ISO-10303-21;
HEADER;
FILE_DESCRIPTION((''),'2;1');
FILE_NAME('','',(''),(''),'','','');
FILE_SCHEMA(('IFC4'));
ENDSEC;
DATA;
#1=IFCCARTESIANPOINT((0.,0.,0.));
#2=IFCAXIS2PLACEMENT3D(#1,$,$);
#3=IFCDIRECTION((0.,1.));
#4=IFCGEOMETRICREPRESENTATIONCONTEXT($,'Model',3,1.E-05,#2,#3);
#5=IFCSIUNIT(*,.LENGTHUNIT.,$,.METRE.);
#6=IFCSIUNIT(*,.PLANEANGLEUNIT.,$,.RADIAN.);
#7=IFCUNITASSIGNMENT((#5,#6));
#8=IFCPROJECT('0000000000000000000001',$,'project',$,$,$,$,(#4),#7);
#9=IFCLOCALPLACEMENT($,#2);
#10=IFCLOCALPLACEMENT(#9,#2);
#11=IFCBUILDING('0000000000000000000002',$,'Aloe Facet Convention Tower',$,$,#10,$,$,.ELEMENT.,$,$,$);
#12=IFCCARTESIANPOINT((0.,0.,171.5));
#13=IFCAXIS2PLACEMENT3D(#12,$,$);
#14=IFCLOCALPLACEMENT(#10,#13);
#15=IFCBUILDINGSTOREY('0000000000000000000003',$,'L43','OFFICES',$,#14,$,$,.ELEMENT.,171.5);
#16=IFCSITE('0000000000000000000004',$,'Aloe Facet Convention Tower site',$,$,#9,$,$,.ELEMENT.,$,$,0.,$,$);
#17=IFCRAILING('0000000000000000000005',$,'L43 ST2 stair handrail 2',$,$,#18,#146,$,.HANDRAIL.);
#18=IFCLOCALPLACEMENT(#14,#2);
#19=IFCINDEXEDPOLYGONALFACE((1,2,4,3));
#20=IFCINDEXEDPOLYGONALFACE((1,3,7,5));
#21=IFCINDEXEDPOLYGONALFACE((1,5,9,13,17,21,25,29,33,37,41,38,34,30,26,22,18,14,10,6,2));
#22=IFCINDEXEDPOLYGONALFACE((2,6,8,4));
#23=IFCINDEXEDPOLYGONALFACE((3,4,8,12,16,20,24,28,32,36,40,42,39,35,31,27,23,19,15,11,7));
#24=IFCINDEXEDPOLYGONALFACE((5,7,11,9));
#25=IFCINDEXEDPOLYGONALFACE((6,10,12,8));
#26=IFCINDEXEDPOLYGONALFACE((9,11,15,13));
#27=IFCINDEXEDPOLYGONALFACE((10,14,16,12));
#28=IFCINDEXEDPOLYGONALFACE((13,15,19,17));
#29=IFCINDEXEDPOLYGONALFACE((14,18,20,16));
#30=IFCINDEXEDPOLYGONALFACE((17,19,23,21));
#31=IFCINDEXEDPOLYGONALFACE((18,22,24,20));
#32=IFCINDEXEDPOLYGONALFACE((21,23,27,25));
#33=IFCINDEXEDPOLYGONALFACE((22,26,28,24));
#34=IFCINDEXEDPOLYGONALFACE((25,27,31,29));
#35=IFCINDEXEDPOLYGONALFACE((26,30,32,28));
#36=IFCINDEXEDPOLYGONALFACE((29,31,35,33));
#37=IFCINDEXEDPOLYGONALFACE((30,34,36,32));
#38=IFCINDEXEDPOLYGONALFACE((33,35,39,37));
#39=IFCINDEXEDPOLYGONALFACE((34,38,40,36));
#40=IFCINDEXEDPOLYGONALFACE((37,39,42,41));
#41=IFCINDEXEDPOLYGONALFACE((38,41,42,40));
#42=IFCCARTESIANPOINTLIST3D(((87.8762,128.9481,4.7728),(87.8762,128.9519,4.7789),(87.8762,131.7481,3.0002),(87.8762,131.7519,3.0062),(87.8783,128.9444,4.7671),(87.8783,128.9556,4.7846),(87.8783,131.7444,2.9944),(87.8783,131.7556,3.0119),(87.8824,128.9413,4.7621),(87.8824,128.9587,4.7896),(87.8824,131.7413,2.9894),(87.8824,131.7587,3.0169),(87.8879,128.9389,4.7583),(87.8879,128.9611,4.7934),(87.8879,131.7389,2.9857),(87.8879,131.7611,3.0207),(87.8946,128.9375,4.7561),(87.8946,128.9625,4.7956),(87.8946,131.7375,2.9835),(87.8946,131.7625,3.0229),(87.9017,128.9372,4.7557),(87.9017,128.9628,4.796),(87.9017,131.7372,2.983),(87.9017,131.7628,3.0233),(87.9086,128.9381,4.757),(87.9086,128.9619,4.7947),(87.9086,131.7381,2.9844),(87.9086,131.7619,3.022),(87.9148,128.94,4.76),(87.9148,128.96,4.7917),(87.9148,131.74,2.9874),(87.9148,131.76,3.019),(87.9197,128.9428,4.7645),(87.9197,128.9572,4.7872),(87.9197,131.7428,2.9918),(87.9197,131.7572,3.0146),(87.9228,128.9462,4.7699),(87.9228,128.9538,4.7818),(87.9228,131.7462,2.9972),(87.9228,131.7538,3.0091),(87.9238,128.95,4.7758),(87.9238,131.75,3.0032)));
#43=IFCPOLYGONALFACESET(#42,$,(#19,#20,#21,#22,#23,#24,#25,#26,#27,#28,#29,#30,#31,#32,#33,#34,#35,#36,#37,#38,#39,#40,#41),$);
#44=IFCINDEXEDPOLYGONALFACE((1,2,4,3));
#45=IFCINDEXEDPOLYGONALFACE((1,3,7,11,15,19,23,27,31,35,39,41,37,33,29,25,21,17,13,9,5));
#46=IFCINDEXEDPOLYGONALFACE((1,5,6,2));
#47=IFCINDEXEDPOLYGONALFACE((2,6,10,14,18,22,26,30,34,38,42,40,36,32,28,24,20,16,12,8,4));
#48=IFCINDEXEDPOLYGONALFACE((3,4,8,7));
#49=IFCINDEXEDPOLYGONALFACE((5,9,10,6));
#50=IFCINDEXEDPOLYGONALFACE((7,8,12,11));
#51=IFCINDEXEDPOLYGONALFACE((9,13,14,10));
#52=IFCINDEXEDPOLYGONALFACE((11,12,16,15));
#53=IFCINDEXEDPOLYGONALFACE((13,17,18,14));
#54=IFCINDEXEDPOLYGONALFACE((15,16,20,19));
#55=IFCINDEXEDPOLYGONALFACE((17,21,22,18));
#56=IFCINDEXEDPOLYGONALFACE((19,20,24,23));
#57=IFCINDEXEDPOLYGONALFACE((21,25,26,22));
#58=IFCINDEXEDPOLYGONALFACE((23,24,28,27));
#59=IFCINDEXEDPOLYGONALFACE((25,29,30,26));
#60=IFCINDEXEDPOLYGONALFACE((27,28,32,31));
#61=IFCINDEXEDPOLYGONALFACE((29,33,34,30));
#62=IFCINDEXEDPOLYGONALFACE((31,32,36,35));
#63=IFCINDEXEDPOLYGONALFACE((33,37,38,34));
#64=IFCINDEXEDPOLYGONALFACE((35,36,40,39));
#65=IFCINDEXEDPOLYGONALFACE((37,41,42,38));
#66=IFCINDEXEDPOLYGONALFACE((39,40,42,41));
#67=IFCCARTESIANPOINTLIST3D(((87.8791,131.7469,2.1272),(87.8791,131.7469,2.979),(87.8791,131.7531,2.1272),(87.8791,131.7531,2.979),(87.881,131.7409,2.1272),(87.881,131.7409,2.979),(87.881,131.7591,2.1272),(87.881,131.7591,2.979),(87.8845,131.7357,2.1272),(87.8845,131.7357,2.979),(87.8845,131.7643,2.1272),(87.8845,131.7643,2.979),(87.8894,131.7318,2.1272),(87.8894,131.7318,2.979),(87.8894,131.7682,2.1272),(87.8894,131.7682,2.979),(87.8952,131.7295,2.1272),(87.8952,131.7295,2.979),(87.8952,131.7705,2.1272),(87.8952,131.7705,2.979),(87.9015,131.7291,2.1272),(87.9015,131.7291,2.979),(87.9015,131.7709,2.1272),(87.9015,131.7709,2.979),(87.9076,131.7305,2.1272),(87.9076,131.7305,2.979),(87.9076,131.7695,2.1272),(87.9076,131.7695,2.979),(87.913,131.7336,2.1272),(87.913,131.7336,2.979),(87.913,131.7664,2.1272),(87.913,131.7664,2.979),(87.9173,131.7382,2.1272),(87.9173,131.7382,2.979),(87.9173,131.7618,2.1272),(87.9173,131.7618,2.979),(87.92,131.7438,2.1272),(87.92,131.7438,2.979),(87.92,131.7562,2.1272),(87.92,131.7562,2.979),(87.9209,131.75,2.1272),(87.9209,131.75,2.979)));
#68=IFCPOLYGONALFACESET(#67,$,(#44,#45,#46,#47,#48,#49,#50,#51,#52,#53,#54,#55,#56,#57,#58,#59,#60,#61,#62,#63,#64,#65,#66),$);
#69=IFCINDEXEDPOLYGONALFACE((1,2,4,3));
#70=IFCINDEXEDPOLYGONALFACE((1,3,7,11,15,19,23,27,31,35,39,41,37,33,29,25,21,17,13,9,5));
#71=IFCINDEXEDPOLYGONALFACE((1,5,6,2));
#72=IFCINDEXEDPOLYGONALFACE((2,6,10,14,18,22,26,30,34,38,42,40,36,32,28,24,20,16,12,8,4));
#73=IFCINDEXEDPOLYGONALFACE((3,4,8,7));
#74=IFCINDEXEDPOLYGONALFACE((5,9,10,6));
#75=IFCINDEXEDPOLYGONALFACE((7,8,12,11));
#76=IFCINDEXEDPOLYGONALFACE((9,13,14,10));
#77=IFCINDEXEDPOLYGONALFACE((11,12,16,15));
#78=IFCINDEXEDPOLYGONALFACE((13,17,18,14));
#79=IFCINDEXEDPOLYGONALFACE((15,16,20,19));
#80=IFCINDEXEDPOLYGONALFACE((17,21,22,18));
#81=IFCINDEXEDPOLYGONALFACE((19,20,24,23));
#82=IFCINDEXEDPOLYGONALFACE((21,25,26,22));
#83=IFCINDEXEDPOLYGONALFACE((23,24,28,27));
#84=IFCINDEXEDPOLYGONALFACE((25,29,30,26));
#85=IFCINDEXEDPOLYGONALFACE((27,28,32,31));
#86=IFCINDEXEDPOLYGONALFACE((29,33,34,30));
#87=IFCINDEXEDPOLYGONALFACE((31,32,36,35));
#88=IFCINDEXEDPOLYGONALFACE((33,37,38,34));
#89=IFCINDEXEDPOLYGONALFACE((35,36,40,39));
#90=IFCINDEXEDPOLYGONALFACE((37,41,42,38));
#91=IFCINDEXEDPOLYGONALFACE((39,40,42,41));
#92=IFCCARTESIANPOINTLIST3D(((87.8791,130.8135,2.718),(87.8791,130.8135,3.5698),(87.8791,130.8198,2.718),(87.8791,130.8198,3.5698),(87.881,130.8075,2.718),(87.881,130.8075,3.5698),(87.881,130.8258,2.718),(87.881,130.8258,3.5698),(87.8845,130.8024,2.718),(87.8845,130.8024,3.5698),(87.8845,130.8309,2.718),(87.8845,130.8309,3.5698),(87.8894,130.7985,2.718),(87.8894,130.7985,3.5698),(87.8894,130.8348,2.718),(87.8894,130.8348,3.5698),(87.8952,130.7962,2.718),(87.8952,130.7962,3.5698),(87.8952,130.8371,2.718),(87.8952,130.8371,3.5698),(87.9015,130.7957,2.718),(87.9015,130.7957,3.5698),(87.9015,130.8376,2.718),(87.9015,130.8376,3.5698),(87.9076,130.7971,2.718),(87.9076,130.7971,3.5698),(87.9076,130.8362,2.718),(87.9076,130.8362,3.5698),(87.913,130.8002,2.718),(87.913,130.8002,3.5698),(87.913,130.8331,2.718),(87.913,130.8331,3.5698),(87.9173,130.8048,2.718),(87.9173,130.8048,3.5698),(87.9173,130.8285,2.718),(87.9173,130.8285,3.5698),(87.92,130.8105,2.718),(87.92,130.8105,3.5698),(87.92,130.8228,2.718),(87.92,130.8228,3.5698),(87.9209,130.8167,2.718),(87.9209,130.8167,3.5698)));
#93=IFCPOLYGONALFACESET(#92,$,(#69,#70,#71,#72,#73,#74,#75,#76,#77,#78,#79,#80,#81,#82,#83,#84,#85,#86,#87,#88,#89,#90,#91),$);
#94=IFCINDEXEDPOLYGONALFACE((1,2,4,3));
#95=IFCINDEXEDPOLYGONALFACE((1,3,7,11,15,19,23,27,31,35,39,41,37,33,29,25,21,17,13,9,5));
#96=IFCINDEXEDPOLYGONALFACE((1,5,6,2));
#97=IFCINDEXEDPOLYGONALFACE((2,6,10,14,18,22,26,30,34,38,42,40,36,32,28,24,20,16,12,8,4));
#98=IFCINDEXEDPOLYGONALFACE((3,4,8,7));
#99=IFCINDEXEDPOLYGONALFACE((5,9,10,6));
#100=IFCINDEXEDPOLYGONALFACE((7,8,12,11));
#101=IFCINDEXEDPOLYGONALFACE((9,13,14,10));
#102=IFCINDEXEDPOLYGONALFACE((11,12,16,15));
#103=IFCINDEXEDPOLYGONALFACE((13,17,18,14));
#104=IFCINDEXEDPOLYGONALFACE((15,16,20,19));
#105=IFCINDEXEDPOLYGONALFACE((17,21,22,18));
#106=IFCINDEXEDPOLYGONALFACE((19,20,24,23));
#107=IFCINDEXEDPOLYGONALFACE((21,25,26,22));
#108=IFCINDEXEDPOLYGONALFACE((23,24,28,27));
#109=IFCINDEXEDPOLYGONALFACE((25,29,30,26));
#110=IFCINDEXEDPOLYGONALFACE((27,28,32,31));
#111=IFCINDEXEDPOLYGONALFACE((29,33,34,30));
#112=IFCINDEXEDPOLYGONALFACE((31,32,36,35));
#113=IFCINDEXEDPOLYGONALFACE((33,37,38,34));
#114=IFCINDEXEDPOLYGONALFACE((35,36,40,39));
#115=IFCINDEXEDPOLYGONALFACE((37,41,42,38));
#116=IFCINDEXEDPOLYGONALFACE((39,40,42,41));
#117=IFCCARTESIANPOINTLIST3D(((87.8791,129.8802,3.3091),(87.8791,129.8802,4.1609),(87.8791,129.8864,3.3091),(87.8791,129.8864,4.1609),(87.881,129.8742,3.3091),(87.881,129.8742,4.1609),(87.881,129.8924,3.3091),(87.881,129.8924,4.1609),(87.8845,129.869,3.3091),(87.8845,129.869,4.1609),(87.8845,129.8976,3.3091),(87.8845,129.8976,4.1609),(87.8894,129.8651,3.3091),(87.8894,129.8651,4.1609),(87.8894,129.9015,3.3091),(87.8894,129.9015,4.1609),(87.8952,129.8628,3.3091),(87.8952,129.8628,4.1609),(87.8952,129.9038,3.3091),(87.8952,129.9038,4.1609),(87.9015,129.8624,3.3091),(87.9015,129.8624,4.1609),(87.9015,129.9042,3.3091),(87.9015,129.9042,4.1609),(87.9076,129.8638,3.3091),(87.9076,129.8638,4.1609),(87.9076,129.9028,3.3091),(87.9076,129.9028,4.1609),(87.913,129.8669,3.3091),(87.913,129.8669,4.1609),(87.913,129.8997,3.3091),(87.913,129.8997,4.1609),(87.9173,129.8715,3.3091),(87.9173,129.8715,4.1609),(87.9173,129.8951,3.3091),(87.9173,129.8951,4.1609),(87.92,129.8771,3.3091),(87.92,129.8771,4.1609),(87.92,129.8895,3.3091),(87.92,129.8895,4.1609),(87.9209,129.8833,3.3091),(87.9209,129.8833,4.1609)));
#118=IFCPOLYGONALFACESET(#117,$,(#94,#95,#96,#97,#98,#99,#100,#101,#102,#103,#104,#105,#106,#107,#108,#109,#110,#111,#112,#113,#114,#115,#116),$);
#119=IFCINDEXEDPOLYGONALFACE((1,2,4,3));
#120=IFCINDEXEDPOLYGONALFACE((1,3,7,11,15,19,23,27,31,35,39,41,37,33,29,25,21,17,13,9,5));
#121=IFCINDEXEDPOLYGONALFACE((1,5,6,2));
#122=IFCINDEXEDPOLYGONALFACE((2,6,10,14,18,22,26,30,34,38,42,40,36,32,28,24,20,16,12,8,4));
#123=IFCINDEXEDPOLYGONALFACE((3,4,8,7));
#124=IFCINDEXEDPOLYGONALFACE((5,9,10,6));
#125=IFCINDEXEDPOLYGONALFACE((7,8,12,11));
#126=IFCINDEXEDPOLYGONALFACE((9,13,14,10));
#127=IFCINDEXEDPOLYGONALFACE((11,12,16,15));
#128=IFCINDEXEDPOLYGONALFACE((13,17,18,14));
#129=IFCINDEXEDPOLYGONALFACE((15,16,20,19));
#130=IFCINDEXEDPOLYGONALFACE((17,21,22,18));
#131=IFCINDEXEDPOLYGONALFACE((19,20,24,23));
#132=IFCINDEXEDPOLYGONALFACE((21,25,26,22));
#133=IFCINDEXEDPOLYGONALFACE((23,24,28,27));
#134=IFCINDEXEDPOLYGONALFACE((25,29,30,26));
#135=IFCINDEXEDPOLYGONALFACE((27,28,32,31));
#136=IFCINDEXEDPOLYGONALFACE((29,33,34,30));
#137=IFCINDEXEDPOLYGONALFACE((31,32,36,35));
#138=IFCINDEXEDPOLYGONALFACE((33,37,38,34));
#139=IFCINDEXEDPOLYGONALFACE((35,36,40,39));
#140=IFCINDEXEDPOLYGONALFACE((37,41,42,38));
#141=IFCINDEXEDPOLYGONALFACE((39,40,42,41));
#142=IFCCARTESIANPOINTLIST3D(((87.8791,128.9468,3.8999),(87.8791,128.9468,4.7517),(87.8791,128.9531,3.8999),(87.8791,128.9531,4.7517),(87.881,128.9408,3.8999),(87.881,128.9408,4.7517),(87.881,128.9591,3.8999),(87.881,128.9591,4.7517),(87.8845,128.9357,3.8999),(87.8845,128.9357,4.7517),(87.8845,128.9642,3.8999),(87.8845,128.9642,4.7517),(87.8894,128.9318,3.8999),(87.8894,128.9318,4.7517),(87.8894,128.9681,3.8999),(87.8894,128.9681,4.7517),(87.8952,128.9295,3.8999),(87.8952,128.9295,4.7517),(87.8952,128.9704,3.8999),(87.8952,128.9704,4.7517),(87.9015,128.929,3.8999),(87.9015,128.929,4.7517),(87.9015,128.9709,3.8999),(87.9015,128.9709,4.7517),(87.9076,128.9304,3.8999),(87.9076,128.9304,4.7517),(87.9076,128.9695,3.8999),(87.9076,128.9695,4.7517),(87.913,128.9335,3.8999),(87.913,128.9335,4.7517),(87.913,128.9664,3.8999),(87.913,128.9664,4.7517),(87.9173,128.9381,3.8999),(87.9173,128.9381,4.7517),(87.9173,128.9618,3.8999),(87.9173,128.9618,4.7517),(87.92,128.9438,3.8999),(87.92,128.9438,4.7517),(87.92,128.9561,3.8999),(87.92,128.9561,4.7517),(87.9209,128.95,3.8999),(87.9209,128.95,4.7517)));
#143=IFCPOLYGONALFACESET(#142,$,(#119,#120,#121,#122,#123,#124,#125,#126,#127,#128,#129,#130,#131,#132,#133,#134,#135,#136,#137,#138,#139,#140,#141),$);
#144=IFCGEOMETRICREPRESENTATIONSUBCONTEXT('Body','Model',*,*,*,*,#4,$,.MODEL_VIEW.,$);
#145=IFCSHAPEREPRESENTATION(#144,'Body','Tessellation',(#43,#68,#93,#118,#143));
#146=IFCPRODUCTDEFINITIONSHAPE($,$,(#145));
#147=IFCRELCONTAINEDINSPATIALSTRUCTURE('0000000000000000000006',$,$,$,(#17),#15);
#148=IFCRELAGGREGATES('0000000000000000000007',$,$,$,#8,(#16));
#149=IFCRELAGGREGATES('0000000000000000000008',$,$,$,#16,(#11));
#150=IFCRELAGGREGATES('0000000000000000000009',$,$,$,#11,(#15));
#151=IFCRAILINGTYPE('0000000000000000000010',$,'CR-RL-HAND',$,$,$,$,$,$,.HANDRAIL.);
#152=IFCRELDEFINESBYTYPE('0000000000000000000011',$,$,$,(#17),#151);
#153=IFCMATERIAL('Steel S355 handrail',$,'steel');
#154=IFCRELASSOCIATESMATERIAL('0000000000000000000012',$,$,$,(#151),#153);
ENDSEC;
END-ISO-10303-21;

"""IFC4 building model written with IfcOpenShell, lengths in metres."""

from ifc_helpers import new_model, si_unit, direction, frame, origin, origin_2d, place, context, subcontext, project, spatial, circle, extrude, material, type_object, element, save


model = new_model("IFC4")

# Units and contexts
model_context = context("Model", 3, precision=1e-05, world=origin(), true_north=direction((0.0, 1.0)))
body_context = subcontext(model_context, "Body", "Model", "MODEL_VIEW")
ifc_project = project(units=[si_unit("LENGTHUNIT", "METRE"), si_unit("PLANEANGLEUNIT", "RADIAN")], contexts=[model_context])

# Site, building, storey
site_placement = place(None, origin())
site = spatial("IfcSite", under=ifc_project, at=site_placement, Name="Aloe Facet Convention Tower site", CompositionType="ELEMENT", RefElevation=0.0)
building_placement = place(site_placement, origin())
building = spatial("IfcBuilding", under=site, at=building_placement, Name="Aloe Facet Convention Tower", CompositionType="ELEMENT")
storey_placement = place(building_placement, frame((0.0, 0.0, 171.5)))
storey = spatial("IfcBuildingStorey", under=building, at=storey_placement, Name="L43", Description="OFFICES", CompositionType="ELEMENT", Elevation=171.5)

# Railing
ifc_material_1 = material(Name="Steel S355 handrail", Category="steel")
railing_type_1 = type_object("IfcRailingType", Name="CR-RL-HAND", PredefinedType="HANDRAIL", material=ifc_material_1)
railing_1_placement = place(storey_placement, frame((87.8999, 131.75, 2.1272)))
element("IfcRailing", 1, at=railing_1_placement, inside=storey, type_object=railing_type_1, Name="L43 ST2 stair handrail 2", PredefinedType="HANDRAIL", context=body_context, shape_type="SweptSolid", body=[
    extrude(circle(Radius=0.0239, at=origin_2d()), frame((0.0, 0.0, 0.876), z_axis=(0.0, -0.844909, 0.53491), x_axis=(1.0, 0.0, 0.0)), (0.0, 0.0, 1.0), 3.314),
    extrude(circle(Radius=0.021, at=origin_2d()), origin(), (0.0, 0.0, 1.0), 0.8518),
    extrude(circle(Radius=0.021, at=origin_2d()), frame((0.0, -0.9333, 0.5908)), (0.0, 0.0, 1.0), 0.8518),
    extrude(circle(Radius=0.021, at=origin_2d()), frame((0.0, -1.8667, 1.1819)), (0.0, 0.0, 1.0), 0.8518),
    extrude(circle(Radius=0.021, at=origin_2d()), frame((0.0, -2.8, 1.7727)), (0.0, 0.0, 1.0), 0.8518),
])

save(model, "model.ifc")
